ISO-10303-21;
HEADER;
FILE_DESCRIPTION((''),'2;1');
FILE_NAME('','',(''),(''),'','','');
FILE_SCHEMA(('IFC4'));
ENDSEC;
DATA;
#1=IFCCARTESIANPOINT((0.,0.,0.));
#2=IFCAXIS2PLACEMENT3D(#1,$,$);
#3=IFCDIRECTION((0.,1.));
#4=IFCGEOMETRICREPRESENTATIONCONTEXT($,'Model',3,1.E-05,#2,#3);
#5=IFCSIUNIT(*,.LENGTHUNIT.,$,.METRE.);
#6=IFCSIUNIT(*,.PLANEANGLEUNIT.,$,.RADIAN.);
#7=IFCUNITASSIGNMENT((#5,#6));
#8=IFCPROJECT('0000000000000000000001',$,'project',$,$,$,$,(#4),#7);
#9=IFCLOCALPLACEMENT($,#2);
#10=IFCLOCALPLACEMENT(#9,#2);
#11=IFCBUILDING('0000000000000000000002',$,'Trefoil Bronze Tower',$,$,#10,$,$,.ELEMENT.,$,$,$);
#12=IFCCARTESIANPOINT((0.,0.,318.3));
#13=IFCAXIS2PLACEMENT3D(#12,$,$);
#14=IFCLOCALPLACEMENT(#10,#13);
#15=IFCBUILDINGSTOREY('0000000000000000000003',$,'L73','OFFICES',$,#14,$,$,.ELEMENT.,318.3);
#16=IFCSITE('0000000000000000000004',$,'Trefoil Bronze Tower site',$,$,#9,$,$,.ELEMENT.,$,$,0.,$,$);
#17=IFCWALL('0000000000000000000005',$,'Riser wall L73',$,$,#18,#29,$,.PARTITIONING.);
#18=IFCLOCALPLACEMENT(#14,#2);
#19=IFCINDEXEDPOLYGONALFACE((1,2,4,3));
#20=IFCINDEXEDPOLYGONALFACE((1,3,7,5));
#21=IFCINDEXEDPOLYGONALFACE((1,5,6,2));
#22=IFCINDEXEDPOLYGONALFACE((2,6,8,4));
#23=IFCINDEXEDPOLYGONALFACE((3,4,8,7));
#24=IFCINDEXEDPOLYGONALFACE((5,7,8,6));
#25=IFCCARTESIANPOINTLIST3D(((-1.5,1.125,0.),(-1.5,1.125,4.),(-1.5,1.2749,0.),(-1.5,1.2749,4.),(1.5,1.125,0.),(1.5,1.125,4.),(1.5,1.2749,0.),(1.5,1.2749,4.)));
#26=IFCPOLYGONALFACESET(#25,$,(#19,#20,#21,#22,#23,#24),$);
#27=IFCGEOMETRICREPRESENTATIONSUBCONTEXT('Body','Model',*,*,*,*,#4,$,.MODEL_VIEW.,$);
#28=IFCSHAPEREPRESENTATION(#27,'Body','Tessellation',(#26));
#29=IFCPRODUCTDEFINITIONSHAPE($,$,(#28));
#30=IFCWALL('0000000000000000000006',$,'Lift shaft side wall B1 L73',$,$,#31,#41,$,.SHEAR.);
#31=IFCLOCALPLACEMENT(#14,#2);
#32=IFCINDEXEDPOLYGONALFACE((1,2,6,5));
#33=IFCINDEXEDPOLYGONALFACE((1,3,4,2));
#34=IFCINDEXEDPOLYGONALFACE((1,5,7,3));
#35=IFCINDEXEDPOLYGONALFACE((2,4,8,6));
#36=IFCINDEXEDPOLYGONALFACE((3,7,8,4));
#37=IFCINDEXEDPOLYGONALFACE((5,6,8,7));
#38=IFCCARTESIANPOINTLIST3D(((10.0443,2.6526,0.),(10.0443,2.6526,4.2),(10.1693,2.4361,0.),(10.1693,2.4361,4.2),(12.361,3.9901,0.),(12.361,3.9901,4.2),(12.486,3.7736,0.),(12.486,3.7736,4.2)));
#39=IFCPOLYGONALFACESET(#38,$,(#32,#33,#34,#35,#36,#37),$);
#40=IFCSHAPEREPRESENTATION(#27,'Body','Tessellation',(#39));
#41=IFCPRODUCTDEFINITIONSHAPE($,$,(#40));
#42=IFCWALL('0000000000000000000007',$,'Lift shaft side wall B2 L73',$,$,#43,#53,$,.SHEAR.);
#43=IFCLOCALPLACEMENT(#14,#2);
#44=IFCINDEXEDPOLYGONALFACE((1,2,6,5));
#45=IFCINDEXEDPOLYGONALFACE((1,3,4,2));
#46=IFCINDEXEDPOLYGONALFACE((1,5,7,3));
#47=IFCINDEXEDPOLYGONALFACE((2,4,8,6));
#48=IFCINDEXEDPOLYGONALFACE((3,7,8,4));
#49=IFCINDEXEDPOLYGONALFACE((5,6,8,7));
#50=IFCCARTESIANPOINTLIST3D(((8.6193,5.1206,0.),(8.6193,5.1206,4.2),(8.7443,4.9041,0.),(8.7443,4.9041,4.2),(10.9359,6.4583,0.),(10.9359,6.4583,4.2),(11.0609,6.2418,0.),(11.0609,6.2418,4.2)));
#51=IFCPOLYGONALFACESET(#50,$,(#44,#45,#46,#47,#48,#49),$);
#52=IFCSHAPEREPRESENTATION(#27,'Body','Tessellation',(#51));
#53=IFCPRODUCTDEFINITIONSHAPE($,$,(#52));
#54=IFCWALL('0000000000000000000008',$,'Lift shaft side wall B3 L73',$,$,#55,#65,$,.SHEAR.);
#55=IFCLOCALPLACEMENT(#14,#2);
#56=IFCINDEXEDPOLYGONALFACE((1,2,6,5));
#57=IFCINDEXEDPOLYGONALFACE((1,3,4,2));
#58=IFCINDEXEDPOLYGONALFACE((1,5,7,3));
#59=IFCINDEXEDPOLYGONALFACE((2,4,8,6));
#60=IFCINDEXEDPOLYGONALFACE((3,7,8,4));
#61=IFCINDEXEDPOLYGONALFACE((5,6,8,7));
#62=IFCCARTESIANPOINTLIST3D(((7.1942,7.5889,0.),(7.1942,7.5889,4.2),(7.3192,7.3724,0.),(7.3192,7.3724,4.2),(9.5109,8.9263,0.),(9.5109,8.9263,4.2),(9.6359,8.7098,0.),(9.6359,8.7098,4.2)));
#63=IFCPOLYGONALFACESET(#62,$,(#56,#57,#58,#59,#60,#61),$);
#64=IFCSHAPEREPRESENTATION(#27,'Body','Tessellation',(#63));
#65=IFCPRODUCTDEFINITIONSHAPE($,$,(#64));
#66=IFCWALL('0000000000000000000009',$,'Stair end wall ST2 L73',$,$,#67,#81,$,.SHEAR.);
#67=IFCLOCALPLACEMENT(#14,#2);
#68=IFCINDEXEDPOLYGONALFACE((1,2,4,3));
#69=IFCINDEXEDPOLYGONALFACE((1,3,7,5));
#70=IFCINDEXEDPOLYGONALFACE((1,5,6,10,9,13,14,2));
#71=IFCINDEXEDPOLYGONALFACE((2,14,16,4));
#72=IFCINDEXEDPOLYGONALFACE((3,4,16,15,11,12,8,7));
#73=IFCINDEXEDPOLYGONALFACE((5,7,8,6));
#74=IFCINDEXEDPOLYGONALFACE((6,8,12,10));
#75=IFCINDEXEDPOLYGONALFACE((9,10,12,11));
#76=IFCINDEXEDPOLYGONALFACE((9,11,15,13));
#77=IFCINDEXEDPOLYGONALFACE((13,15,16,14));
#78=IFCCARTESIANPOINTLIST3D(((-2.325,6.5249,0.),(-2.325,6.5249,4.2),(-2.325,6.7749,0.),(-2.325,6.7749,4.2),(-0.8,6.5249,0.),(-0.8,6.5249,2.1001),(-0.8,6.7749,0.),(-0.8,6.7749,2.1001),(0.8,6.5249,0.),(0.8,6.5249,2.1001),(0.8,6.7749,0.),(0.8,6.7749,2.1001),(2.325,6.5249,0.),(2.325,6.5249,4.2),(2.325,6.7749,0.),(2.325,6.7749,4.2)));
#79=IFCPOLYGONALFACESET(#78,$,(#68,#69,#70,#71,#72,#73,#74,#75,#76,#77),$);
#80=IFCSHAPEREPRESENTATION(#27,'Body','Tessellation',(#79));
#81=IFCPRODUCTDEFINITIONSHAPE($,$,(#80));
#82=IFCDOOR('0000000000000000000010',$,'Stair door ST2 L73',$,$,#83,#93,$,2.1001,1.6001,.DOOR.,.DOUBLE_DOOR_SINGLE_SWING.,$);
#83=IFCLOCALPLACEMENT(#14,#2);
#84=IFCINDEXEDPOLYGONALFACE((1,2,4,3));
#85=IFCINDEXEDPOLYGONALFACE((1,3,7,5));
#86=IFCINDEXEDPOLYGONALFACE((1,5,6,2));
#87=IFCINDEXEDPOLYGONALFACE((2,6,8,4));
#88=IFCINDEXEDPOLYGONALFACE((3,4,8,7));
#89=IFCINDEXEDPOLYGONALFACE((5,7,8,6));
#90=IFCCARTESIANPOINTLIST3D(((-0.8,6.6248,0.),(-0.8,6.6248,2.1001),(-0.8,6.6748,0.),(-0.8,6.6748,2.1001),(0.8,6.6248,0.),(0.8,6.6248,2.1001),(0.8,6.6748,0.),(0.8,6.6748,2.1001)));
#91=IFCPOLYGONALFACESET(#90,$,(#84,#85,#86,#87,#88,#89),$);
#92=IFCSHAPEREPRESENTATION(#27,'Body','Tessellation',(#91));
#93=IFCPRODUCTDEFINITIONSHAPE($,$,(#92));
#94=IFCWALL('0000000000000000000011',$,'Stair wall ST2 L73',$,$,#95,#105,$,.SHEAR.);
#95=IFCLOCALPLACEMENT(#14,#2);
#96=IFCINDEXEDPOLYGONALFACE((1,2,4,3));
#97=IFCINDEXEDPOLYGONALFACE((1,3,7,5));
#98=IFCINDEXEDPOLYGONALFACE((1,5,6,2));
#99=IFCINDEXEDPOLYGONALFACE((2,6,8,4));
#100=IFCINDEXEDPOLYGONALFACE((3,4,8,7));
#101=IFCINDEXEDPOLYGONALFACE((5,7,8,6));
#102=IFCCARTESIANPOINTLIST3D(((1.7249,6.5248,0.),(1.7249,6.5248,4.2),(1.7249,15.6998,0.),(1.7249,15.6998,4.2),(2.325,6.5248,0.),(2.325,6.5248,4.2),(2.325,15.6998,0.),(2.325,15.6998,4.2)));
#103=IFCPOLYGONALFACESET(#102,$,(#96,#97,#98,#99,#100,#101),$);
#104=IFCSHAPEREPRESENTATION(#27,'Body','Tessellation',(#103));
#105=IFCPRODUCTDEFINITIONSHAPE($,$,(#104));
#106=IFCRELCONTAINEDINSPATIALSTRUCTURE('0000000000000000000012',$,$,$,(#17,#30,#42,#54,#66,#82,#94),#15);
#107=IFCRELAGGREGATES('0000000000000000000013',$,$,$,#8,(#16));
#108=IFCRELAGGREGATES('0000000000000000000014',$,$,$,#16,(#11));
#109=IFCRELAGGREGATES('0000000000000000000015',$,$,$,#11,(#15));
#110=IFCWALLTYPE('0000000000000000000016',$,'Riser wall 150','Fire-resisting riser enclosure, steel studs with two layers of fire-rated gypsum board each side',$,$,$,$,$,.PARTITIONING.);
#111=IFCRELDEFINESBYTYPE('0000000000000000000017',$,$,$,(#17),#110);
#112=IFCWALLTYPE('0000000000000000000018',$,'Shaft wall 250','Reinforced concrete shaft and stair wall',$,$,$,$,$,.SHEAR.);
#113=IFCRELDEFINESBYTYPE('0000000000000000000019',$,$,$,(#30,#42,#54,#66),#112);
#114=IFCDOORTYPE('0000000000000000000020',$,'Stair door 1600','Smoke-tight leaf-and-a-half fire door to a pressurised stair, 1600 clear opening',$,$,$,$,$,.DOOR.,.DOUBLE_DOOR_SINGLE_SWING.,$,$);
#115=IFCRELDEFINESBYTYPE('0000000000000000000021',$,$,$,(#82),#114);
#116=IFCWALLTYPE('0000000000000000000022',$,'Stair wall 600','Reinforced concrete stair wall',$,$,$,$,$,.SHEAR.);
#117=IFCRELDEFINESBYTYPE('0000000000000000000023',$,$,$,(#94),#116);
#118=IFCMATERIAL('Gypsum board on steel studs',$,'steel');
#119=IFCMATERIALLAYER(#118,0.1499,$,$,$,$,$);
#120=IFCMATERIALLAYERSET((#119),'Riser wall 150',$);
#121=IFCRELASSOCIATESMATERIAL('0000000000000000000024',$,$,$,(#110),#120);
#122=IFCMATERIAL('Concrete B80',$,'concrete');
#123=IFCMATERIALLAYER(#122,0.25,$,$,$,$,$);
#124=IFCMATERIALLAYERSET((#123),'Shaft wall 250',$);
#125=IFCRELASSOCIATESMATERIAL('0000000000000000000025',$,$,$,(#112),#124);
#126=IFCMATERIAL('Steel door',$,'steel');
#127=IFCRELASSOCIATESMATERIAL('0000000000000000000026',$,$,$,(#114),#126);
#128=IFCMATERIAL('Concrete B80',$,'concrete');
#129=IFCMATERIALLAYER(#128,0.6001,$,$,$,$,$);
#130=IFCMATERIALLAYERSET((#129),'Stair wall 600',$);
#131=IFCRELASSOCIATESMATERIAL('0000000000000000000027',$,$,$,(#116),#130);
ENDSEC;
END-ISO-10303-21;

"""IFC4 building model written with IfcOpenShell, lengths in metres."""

from ifc_helpers import new_model, si_unit, direction, frame, frame_2d, origin, place, context, subcontext, project, spatial, rectangle, extrude, material, layer, layer_set, type_object, element, fill, save


model = new_model("IFC4")

# Units and contexts
model_context = context("Model", 3, precision=1e-05, world=origin(), true_north=direction((0.0, 1.0)))
body_context = subcontext(model_context, "Body", "Model", "MODEL_VIEW")
ifc_project = project(units=[si_unit("LENGTHUNIT", "METRE"), si_unit("PLANEANGLEUNIT", "RADIAN")], contexts=[model_context])

# Site, building, storey
site_placement = place(None, origin())
site = spatial("IfcSite", under=ifc_project, at=site_placement, Name="Trefoil Bronze Tower site", CompositionType="ELEMENT", RefElevation=0.0)
building_placement = place(site_placement, origin())
building = spatial("IfcBuilding", under=site, at=building_placement, Name="Trefoil Bronze Tower", CompositionType="ELEMENT")
storey_placement = place(building_placement, frame((0.0, 0.0, 318.3)))
storey = spatial("IfcBuildingStorey", under=building, at=storey_placement, Name="L73", Description="OFFICES", CompositionType="ELEMENT", Elevation=318.3)

# Walls
ifc_material_1 = material(Name="Gypsum board on steel studs", Category="steel")
ifc_layer_1 = layer(ifc_material_1, 0.1499)
ifc_layer_set_1 = layer_set([ifc_layer_1], Name="Riser wall 150")
wall_type_1 = type_object("IfcWallType", Name="Riser wall 150", Description="Fire-resisting riser enclosure, steel studs with two layers of fire-rated gypsum board each side", PredefinedType="PARTITIONING", material=ifc_layer_set_1)
wall_1_placement = place(storey_placement, frame((1.5, 1.2, 0.0), z_axis=(0.0, 0.0, 1.0), x_axis=(-1.0, 0.0, 0.0)))
element("IfcWall", 1, at=wall_1_placement, inside=storey, type_object=wall_type_1, Name="Riser wall L73", PredefinedType="PARTITIONING", context=body_context, shape_type="SweptSolid", body=[
    extrude(rectangle(XDim=3.0, YDim=0.1499, at=frame_2d((1.5, 0.0))), origin(), (0.0, 0.0, 1.0), 4.0),
])
ifc_material_2 = material(Name="Concrete B80", Category="concrete")
ifc_layer_2 = layer(ifc_material_2, 0.25)
ifc_layer_set_2 = layer_set([ifc_layer_2], Name="Shaft wall 250")
wall_type_2 = type_object("IfcWallType", Name="Shaft wall 250", Description="Reinforced concrete shaft and stair wall", PredefinedType="SHEAR", material=ifc_layer_set_2)
for number, where, z_axis, x_axis, name in (
    (2, (10.1069, 2.5444, 0.0), (0.0, 0.0, 1.0), (0.866044, 0.499967, 0.0), "Lift shaft side wall B1 L73"),
    (3, (8.6819, 5.0125, 0.0), (0.0, 0.0, 1.0), (0.866005, 0.500036, 0.0), "Lift shaft side wall B2 L73"),
    (4, (7.2568, 7.4807, 0.0), (0.0, 0.0, 1.0), (0.866044, 0.499967, 0.0), "Lift shaft side wall B3 L73"),
):
    element("IfcWall", number, at=place(storey_placement, frame(where, z_axis=z_axis, x_axis=x_axis)), inside=storey, type_object=wall_type_2, Name=name, PredefinedType="SHEAR", context=body_context, shape_type="SweptSolid", body=[
        extrude(rectangle(XDim=2.675, YDim=0.25, at=frame_2d((1.3374, 0.0))), origin(), (0.0, 0.0, 1.0), 4.2),
    ])

# Wall, opening, door
wall_2_placement = place(storey_placement, frame((2.325, 6.6499, 0.0), z_axis=(0.0, 0.0, 1.0), x_axis=(-1.0, 0.0, 0.0)))
wall_2 = element("IfcWall", 5, at=wall_2_placement, inside=storey, type_object=wall_type_2, Name="Stair end wall ST2 L73", PredefinedType="SHEAR", context=body_context, shape_type="SweptSolid", body=[
    extrude(rectangle(XDim=4.6499, YDim=0.25, at=frame_2d((2.325, 0.0))), origin(), (0.0, 0.0, 1.0), 4.2),
])
opening_placement = place(wall_2_placement, frame((1.5249, 0.0, 0.0)))
opening = element("IfcOpeningElement", 6, at=opening_placement, cuts=wall_2, PredefinedType="OPENING", context=body_context, shape_type="SweptSolid", body=[
    extrude(rectangle(XDim=1.6001, YDim=2.1001, at=frame_2d((0.8, 1.05))), frame((0.0, 0.135, 0.0), z_axis=(0.0, -1.0, 0.0), x_axis=(1.0, 0.0, 0.0)), (0.0, 0.0, 1.0), 0.27),
])
ifc_material_3 = material(Name="Steel door", Category="steel")
door_type = type_object("IfcDoorType", Name="Stair door 1600", Description="Smoke-tight leaf-and-a-half fire door to a pressurised stair, 1600 clear opening", OperationType="DOUBLE_DOOR_SINGLE_SWING", PredefinedType="DOOR", material=ifc_material_3)
door_placement = place(opening_placement, frame((1.6001, 0.0, 0.0), z_axis=(0.0, 0.0, 1.0), x_axis=(-1.0, 0.0, 0.0)))
door = element("IfcDoor", 7, at=door_placement, inside=storey, type_object=door_type, Name="Stair door ST2 L73", OperationType="DOUBLE_DOOR_SINGLE_SWING", OverallHeight=2.1001, OverallWidth=1.6001, PredefinedType="DOOR", context=body_context, shape_type="SweptSolid", body=[
    extrude(rectangle(XDim=1.6001, YDim=2.1001, at=frame_2d((0.8, 1.05))), frame((0.0, 0.0249, 0.0), z_axis=(0.0, -1.0, 0.0), x_axis=(1.0, 0.0, 0.0)), (0.0, 0.0, 1.0), 0.05),
])
fill(opening, door)

# Wall
ifc_material_4 = material(Name="Concrete B80", Category="concrete")
ifc_layer_3 = layer(ifc_material_4, 0.6001)
ifc_layer_set_3 = layer_set([ifc_layer_3], Name="Stair wall 600")
wall_type_3 = type_object("IfcWallType", Name="Stair wall 600", Description="Reinforced concrete stair wall", PredefinedType="SHEAR", material=ifc_layer_set_3)
wall_3_placement = place(storey_placement, frame((2.0249, 6.5249, 0.0), z_axis=(0.0, 0.0, 1.0), x_axis=(0.0, 1.0, 0.0)))
element("IfcWall", 8, at=wall_3_placement, inside=storey, type_object=wall_type_3, Name="Stair wall ST2 L73", PredefinedType="SHEAR", context=body_context, shape_type="SweptSolid", body=[
    extrude(rectangle(XDim=9.175, YDim=0.6001, at=frame_2d((4.5874, 0.0))), origin(), (0.0, 0.0, 1.0), 4.2),
])

save(model, "model.ifc")
